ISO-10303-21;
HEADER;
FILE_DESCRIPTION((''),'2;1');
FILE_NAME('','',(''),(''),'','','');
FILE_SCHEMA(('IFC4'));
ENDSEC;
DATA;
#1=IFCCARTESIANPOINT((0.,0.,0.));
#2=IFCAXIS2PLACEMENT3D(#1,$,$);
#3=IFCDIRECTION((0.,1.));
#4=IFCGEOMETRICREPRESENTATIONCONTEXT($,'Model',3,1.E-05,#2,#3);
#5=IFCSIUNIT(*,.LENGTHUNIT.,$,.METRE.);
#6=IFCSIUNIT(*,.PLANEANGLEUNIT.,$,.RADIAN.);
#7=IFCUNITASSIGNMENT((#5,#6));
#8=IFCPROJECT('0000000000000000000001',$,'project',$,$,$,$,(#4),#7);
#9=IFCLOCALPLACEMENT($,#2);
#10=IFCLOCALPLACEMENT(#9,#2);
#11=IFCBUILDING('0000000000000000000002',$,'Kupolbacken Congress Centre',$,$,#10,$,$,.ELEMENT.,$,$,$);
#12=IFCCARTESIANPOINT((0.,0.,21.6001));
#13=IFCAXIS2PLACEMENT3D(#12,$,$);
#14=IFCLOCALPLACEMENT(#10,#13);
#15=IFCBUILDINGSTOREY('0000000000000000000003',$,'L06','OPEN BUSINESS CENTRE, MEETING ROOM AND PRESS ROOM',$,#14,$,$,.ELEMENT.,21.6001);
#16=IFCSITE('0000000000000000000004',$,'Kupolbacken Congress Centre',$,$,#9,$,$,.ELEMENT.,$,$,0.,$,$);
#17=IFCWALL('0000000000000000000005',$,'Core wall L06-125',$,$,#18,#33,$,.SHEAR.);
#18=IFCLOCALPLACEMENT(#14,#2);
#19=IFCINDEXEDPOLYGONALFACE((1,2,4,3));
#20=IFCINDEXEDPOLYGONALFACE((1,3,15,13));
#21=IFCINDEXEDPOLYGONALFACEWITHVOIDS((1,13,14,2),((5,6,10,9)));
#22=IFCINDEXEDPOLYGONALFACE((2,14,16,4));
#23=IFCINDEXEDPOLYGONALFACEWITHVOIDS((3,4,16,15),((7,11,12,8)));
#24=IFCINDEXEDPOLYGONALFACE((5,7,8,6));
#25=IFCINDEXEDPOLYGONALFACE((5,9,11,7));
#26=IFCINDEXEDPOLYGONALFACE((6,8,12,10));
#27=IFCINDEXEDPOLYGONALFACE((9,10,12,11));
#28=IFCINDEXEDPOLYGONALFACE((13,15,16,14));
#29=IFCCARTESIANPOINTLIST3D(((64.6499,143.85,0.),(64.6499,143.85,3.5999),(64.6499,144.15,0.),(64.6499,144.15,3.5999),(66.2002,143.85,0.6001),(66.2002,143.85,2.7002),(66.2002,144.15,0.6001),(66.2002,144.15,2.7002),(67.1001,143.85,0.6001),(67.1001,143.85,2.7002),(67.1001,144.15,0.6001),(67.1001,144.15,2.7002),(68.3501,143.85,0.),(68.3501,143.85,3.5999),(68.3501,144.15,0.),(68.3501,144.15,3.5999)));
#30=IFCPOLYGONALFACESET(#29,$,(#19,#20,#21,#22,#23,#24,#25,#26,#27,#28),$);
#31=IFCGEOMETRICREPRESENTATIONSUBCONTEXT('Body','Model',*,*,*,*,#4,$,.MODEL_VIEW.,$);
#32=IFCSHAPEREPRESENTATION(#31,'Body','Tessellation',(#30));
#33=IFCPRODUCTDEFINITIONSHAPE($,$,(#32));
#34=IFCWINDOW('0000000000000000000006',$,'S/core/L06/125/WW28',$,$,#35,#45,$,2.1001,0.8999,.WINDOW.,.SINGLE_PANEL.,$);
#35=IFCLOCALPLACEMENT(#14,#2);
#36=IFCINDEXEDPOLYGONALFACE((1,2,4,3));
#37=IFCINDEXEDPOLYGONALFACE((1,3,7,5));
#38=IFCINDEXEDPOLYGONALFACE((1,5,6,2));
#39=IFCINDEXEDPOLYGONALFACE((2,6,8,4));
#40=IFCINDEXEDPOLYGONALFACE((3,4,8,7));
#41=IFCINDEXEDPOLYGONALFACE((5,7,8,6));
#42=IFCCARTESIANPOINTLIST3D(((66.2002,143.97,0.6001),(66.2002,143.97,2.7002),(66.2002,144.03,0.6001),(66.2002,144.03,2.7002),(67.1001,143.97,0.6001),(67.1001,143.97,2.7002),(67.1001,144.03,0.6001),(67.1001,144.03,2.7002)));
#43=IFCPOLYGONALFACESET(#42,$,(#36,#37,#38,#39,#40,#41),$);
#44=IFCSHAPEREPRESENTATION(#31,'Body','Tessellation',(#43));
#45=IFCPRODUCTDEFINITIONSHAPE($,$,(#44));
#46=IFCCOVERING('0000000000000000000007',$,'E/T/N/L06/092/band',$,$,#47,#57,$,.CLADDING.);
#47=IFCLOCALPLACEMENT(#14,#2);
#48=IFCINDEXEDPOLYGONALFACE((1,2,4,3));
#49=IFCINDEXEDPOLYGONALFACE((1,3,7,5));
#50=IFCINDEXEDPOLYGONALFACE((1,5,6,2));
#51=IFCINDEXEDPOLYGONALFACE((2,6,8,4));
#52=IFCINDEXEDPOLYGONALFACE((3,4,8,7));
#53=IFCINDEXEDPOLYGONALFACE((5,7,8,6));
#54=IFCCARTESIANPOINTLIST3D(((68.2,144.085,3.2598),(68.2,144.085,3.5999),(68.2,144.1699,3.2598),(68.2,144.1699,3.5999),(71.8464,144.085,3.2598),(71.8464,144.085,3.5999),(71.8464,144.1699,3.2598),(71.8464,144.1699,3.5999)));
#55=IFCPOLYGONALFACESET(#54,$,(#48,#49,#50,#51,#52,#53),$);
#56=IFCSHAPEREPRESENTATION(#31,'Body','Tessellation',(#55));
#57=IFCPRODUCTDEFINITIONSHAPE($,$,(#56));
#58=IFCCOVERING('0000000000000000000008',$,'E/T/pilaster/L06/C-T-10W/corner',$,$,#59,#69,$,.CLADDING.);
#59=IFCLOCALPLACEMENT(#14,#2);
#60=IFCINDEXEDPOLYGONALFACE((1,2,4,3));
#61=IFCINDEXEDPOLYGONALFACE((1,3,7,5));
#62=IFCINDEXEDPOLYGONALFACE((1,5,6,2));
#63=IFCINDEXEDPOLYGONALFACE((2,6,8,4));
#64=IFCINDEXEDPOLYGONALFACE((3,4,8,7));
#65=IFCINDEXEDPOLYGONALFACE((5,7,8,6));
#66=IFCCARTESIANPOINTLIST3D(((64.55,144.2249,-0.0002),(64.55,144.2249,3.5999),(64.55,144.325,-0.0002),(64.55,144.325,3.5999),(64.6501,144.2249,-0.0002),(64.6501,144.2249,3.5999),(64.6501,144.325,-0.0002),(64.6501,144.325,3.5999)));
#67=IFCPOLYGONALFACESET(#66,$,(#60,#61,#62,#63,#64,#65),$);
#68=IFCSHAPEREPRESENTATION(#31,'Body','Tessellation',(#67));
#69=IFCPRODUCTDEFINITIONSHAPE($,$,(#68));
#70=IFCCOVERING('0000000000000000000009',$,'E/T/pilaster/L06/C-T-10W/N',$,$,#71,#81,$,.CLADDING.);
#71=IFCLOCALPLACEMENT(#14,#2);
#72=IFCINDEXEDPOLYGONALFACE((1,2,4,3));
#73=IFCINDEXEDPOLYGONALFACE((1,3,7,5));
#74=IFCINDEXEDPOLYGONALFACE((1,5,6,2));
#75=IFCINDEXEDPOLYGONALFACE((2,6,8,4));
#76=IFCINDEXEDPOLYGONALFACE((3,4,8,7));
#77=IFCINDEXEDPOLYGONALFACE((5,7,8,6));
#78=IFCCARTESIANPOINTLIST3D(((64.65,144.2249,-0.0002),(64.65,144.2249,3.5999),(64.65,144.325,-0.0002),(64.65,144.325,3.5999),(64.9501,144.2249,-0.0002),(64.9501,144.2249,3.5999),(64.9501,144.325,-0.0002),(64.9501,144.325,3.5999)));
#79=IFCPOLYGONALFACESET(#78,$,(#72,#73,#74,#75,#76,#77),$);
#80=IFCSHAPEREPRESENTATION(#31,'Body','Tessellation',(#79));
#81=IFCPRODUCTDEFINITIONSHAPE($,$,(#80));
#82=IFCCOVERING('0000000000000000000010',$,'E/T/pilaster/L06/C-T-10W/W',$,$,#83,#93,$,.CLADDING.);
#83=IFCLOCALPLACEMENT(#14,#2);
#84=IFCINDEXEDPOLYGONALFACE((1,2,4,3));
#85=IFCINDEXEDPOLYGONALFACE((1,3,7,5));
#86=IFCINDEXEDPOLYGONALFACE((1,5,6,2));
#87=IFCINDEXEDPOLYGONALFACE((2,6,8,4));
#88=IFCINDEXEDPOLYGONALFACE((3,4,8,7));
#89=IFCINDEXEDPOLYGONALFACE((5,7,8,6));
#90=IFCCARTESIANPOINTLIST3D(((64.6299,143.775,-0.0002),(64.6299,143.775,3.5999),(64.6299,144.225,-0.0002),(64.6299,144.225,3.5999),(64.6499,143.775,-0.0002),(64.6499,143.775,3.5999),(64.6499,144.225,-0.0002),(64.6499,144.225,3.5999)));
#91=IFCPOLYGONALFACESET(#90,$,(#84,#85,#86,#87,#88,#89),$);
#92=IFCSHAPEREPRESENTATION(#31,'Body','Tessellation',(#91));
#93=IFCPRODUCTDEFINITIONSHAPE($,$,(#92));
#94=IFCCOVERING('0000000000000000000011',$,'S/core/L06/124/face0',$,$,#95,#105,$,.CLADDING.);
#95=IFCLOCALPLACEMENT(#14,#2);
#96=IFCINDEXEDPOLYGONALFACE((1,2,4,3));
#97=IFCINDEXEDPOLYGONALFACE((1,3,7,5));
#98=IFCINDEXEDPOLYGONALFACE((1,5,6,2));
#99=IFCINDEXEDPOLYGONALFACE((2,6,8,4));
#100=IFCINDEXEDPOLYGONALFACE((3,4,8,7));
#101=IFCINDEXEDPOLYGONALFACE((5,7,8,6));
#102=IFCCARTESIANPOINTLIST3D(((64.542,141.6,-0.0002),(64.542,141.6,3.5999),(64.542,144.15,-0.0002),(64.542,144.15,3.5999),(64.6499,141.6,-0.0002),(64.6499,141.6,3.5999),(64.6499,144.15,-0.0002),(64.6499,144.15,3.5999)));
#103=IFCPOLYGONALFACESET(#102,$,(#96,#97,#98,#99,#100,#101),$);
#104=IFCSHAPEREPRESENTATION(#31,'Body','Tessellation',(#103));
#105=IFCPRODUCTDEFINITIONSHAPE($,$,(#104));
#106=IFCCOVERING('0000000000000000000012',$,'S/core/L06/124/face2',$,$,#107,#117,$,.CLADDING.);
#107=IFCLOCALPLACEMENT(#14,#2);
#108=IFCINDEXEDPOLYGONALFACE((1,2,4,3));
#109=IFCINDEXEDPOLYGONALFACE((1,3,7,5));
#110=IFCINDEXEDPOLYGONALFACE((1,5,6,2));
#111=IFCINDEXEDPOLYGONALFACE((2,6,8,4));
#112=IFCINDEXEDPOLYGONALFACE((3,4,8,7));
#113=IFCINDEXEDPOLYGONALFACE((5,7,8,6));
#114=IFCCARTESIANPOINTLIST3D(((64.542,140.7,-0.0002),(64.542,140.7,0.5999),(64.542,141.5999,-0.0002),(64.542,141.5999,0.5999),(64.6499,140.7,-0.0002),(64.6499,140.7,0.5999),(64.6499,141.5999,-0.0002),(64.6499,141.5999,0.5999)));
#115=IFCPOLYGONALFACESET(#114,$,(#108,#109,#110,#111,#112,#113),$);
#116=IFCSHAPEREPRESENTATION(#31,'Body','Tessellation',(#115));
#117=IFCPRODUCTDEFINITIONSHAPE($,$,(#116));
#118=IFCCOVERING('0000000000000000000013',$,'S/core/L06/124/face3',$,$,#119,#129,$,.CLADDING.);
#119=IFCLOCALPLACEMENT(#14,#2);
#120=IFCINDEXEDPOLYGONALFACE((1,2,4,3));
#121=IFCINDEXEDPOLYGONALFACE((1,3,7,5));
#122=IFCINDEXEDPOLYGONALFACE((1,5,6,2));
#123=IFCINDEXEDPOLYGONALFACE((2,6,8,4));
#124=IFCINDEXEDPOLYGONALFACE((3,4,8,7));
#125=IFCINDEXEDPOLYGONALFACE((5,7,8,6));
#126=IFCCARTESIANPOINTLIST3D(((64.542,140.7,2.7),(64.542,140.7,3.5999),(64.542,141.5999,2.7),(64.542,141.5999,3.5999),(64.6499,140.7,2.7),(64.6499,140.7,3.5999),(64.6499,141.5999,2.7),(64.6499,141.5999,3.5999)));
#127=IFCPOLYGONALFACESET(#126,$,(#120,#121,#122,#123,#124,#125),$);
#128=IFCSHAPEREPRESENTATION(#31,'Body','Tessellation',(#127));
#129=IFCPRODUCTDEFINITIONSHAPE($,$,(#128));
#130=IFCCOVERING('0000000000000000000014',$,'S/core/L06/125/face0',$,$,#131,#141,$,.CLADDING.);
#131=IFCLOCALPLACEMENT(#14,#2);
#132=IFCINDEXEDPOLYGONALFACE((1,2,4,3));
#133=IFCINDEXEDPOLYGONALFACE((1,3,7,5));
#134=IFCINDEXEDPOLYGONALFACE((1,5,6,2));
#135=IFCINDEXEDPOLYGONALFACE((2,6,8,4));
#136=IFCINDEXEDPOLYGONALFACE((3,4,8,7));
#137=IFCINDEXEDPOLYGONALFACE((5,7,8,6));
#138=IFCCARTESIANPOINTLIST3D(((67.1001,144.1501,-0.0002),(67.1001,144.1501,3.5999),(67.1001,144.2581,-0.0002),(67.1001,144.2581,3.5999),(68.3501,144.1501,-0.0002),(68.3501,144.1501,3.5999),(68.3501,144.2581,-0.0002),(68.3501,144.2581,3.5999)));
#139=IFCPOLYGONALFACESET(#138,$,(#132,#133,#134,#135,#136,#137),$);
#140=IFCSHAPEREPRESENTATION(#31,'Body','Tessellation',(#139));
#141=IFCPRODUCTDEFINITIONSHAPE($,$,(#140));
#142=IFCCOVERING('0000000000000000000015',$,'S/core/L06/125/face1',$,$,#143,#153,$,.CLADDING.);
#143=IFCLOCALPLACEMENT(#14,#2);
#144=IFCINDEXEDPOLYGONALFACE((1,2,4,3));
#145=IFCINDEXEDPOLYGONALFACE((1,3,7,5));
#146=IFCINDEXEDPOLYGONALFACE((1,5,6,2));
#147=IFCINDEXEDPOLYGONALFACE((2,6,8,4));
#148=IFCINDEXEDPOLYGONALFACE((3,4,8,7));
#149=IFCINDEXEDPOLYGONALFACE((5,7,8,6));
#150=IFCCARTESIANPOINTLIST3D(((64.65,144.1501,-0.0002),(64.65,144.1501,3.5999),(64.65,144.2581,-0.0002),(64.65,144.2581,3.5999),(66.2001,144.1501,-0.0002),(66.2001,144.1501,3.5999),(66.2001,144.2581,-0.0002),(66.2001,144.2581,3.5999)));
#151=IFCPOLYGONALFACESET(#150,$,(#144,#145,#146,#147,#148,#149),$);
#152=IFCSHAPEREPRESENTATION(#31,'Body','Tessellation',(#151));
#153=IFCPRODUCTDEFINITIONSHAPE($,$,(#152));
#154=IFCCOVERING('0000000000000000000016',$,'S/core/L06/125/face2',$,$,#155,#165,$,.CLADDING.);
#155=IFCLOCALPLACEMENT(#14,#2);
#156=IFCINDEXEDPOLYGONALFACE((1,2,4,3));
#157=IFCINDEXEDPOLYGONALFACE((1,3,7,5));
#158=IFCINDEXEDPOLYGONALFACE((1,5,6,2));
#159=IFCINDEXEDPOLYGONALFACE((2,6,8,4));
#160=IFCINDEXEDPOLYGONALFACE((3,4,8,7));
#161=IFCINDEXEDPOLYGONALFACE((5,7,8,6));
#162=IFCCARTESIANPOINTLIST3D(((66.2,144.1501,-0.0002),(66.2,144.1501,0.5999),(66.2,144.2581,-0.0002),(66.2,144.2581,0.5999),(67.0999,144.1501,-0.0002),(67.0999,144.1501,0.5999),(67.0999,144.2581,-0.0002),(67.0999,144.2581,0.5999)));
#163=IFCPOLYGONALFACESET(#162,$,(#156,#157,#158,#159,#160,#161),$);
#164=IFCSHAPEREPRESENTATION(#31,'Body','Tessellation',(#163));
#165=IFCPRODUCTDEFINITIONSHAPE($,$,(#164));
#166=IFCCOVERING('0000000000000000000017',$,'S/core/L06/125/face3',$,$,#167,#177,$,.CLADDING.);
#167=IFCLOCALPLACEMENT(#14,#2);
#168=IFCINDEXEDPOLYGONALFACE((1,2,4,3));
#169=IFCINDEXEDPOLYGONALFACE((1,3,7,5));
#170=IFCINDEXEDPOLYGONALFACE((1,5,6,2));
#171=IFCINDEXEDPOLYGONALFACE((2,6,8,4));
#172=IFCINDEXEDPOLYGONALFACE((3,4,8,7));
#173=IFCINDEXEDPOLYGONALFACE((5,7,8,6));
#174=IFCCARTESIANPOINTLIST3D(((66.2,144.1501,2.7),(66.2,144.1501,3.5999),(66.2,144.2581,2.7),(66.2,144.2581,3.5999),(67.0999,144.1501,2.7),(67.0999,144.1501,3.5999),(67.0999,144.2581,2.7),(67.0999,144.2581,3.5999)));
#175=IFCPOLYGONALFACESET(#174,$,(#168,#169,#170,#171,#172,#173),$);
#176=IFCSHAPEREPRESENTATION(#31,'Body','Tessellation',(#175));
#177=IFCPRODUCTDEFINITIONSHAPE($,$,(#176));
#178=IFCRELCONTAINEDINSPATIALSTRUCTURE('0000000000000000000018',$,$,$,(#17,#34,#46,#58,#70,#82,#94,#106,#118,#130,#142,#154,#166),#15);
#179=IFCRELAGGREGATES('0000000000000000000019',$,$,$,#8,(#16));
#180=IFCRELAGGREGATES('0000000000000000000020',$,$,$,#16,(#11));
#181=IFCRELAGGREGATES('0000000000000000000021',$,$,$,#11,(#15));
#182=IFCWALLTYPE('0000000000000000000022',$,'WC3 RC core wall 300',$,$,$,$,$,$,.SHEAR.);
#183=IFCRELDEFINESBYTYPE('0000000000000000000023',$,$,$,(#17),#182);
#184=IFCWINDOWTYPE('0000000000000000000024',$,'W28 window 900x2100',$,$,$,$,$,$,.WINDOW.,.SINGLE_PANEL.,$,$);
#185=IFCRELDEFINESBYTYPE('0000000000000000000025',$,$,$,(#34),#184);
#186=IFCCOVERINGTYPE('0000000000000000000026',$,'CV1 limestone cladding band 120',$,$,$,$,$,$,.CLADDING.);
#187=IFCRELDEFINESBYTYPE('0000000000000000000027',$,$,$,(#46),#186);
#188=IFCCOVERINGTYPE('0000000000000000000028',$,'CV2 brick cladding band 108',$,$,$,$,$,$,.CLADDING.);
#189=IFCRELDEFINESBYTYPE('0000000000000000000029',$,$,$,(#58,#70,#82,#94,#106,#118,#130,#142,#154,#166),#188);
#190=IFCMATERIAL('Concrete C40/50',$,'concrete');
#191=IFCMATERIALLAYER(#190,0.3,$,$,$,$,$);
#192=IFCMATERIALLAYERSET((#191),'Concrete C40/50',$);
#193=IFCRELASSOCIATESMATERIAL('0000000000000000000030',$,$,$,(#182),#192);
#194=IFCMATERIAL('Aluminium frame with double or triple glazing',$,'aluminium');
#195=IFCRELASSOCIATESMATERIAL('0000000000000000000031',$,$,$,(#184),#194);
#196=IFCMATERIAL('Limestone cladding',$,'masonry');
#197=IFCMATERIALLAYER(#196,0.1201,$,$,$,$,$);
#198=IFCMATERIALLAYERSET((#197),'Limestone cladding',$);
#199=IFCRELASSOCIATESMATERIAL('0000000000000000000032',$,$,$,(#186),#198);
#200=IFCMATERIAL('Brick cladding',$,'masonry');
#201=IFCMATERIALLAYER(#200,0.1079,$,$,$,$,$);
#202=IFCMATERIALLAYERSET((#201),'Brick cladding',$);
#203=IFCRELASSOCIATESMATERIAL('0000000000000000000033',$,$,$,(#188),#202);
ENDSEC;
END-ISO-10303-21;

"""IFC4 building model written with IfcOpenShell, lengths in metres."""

from ifc_helpers import new_model, si_unit, direction, frame, frame_2d, origin, origin_2d, place, context, subcontext, project, spatial, rectangle, extrude, material, layer, layer_set, type_object, element, fill, save


model = new_model("IFC4")

# Units and contexts
model_context = context("Model", 3, precision=1e-05, world=origin(), true_north=direction((0.0, 1.0)))
body_context = subcontext(model_context, "Body", "Model", "MODEL_VIEW")
ifc_project = project(units=[si_unit("LENGTHUNIT", "METRE"), si_unit("PLANEANGLEUNIT", "RADIAN")], contexts=[model_context])

# Site, building, storey
site_placement = place(None, origin())
site = spatial("IfcSite", under=ifc_project, at=site_placement, Name="Kupolbacken Congress Centre", CompositionType="ELEMENT", RefElevation=0.0)
building_placement = place(site_placement, origin())
building = spatial("IfcBuilding", under=site, at=building_placement, Name="Kupolbacken Congress Centre", CompositionType="ELEMENT")
storey_placement = place(building_placement, frame((0.0, 0.0, 21.6001)))
storey = spatial("IfcBuildingStorey", under=building, at=storey_placement, Name="L06", Description="OPEN BUSINESS CENTRE, MEETING ROOM AND PRESS ROOM", CompositionType="ELEMENT", Elevation=21.6001)

# Wall, opening, window
ifc_material_1 = material(Name="Concrete C40/50", Category="concrete")
ifc_layer_1 = layer(ifc_material_1, 0.3)
ifc_layer_set_1 = layer_set([ifc_layer_1], Name="Concrete C40/50")
wall_type_1 = type_object("IfcWallType", Name="WC3 RC core wall 300", PredefinedType="SHEAR", material=ifc_layer_set_1)
ifc_material_2 = material(Name="Aluminium frame with double or triple glazing", Category="aluminium")
window_type_1 = type_object("IfcWindowType", Name="W28 window 900x2100", PartitioningType="SINGLE_PANEL", PredefinedType="WINDOW", material=ifc_material_2)
wall_1_placement = place(storey_placement, frame((68.3501, 144.0, 0.0), z_axis=(0.0, 0.0, 1.0), x_axis=(-1.0, 0.0, 0.0)))
wall_1 = element("IfcWall", 1, at=wall_1_placement, inside=storey, type_object=wall_type_1, Name="Core wall L06-125", PredefinedType="SHEAR", context=body_context, shape_type="SweptSolid", body=[
    extrude(rectangle(XDim=3.7002, YDim=0.3, at=frame_2d((1.8501, 0.0))), origin(), (0.0, 0.0, 1.0), 3.5999),
])
opening_1_placement = place(wall_1_placement, frame((1.25, 0.0, 0.6001)))
opening_1 = element("IfcOpeningElement", 2, at=opening_1_placement, cuts=wall_1, PredefinedType="OPENING", context=body_context, shape_type="SweptSolid", body=[
    extrude(rectangle(XDim=0.8999, YDim=2.1001, at=frame_2d((0.45, 1.05))), frame((0.0, 0.1599, 0.0), z_axis=(0.0, -1.0, 0.0), x_axis=(1.0, 0.0, 0.0)), (0.0, 0.0, 1.0), 0.3201),
])
window_1_placement = place(opening_1_placement, origin())
window_1 = element("IfcWindow", 3, at=window_1_placement, inside=storey, type_object=window_type_1, Name="S/core/L06/125/WW28", OverallHeight=2.1001, OverallWidth=0.8999, PartitioningType="SINGLE_PANEL", PredefinedType="WINDOW", context=body_context, shape_type="SweptSolid", body=[
    extrude(rectangle(XDim=0.8999, YDim=2.1001, at=frame_2d((0.45, 1.05))), frame((0.0, 0.03, 0.0), z_axis=(0.0, -1.0, 0.0), x_axis=(1.0, 0.0, 0.0)), (0.0, 0.0, 1.0), 0.0601),
])
fill(opening_1, window_1)

# Coverings
ifc_material_3 = material(Name="Limestone cladding", Category="masonry")
ifc_layer_2 = layer(ifc_material_3, 0.1201)
ifc_layer_set_2 = layer_set([ifc_layer_2], Name="Limestone cladding")
covering_type_1 = type_object("IfcCoveringType", Name="CV1 limestone cladding band 120", PredefinedType="CLADDING", material=ifc_layer_set_2)
covering_1_placement = place(storey_placement, frame((70.0232, 144.1274, 3.2598), z_axis=(0.0, 0.0, 1.0), x_axis=(-1.0, 0.0, 0.0)))
element("IfcCovering", 4, at=covering_1_placement, inside=storey, type_object=covering_type_1, Name="E/T/N/L06/092/band", PredefinedType="CLADDING", context=body_context, shape_type="SweptSolid", body=[
    extrude(rectangle(XDim=3.6465, YDim=0.085, at=origin_2d()), origin(), (0.0, 0.0, 1.0), 0.3401),
])
ifc_material_4 = material(Name="Brick cladding", Category="masonry")
ifc_layer_3 = layer(ifc_material_4, 0.1079)
ifc_layer_set_3 = layer_set([ifc_layer_3], Name="Brick cladding")
covering_type_2 = type_object("IfcCoveringType", Name="CV2 brick cladding band 108", PredefinedType="CLADDING", material=ifc_layer_set_3)
covering_2_placement = place(storey_placement, frame((64.6001, 144.2749, -0.0002), z_axis=(0.0, 0.0, 1.0), x_axis=(1.0, 0.0, 0.0)))
element("IfcCovering", 5, at=covering_2_placement, inside=storey, type_object=covering_type_2, Name="E/T/pilaster/L06/C-T-10W/corner", PredefinedType="CLADDING", context=body_context, shape_type="SweptSolid", body=[
    extrude(rectangle(XDim=0.1001, YDim=0.1001, at=origin_2d()), origin(), (0.0, 0.0, 1.0), 3.6001),
])
covering_3_placement = place(storey_placement, frame((64.8, 144.2749, -0.0002), z_axis=(0.0, 0.0, 1.0), x_axis=(1.0, 0.0, 0.0)))
element("IfcCovering", 6, at=covering_3_placement, inside=storey, type_object=covering_type_2, Name="E/T/pilaster/L06/C-T-10W/N", PredefinedType="CLADDING", context=body_context, shape_type="SweptSolid", body=[
    extrude(rectangle(XDim=0.3, YDim=0.1001, at=origin_2d()), origin(), (0.0, 0.0, 1.0), 3.6001),
])
covering_4_placement = place(storey_placement, frame((64.6399, 144.0, -0.0002), z_axis=(0.0, 0.0, 1.0), x_axis=(1.0, 0.0, 0.0)))
element("IfcCovering", 7, at=covering_4_placement, inside=storey, type_object=covering_type_2, Name="E/T/pilaster/L06/C-T-10W/W", PredefinedType="CLADDING", context=body_context, shape_type="SweptSolid", body=[
    extrude(rectangle(XDim=0.02, YDim=0.45, at=origin_2d()), origin(), (0.0, 0.0, 1.0), 3.6001),
])
covering_5_placement = place(storey_placement, frame((64.5959, 142.875, -0.0002), z_axis=(0.0, 0.0, 1.0), x_axis=(0.0, -1.0, 0.0)))
element("IfcCovering", 8, at=covering_5_placement, inside=storey, type_object=covering_type_2, Name="S/core/L06/124/face0", PredefinedType="CLADDING", context=body_context, shape_type="SweptSolid", body=[
    extrude(rectangle(XDim=2.55, YDim=0.1079, at=origin_2d()), origin(), (0.0, 0.0, 1.0), 3.6001),
])
covering_6_placement = place(storey_placement, frame((64.5959, 141.1499, -0.0002), z_axis=(0.0, 0.0, 1.0), x_axis=(0.0, -1.0, 0.0)))
element("IfcCovering", 9, at=covering_6_placement, inside=storey, type_object=covering_type_2, Name="S/core/L06/124/face2", PredefinedType="CLADDING", context=body_context, shape_type="SweptSolid", body=[
    extrude(rectangle(XDim=0.8999, YDim=0.1079, at=origin_2d()), origin(), (0.0, 0.0, 1.0), 0.6001),
])
covering_7_placement = place(storey_placement, frame((64.5959, 141.1499, 2.7), z_axis=(0.0, 0.0, 1.0), x_axis=(0.0, -1.0, 0.0)))
element("IfcCovering", 10, at=covering_7_placement, inside=storey, type_object=covering_type_2, Name="S/core/L06/124/face3", PredefinedType="CLADDING", context=body_context, shape_type="SweptSolid", body=[
    extrude(rectangle(XDim=0.8999, YDim=0.1079, at=origin_2d()), origin(), (0.0, 0.0, 1.0), 0.8999),
])
covering_8_placement = place(storey_placement, frame((67.7251, 144.2041, -0.0002), z_axis=(0.0, 0.0, 1.0), x_axis=(-1.0, 0.0, 0.0)))
element("IfcCovering", 11, at=covering_8_placement, inside=storey, type_object=covering_type_2, Name="S/core/L06/125/face0", PredefinedType="CLADDING", context=body_context, shape_type="SweptSolid", body=[
    extrude(rectangle(XDim=1.25, YDim=0.1079, at=origin_2d()), origin(), (0.0, 0.0, 1.0), 3.6001),
])
covering_9_placement = place(storey_placement, frame((65.425, 144.2041, -0.0002), z_axis=(0.0, 0.0, 1.0), x_axis=(-1.0, 0.0, 0.0)))
element("IfcCovering", 12, at=covering_9_placement, inside=storey, type_object=covering_type_2, Name="S/core/L06/125/face1", PredefinedType="CLADDING", context=body_context, shape_type="SweptSolid", body=[
    extrude(rectangle(XDim=1.55, YDim=0.1079, at=origin_2d()), origin(), (0.0, 0.0, 1.0), 3.6001),
])
covering_10_placement = place(storey_placement, frame((66.6499, 144.2041, -0.0002), z_axis=(0.0, 0.0, 1.0), x_axis=(-1.0, 0.0, 0.0)))
element("IfcCovering", 13, at=covering_10_placement, inside=storey, type_object=covering_type_2, Name="S/core/L06/125/face2", PredefinedType="CLADDING", context=body_context, shape_type="SweptSolid", body=[
    extrude(rectangle(XDim=0.8999, YDim=0.1079, at=origin_2d()), origin(), (0.0, 0.0, 1.0), 0.6001),
])
covering_11_placement = place(storey_placement, frame((66.6499, 144.2041, 2.7), z_axis=(0.0, 0.0, 1.0), x_axis=(-1.0, 0.0, 0.0)))
element("IfcCovering", 14, at=covering_11_placement, inside=storey, type_object=covering_type_2, Name="S/core/L06/125/face3", PredefinedType="CLADDING", context=body_context, shape_type="SweptSolid", body=[
    extrude(rectangle(XDim=0.8999, YDim=0.1079, at=origin_2d()), origin(), (0.0, 0.0, 1.0), 0.8999),
])

save(model, "model.ifc")
